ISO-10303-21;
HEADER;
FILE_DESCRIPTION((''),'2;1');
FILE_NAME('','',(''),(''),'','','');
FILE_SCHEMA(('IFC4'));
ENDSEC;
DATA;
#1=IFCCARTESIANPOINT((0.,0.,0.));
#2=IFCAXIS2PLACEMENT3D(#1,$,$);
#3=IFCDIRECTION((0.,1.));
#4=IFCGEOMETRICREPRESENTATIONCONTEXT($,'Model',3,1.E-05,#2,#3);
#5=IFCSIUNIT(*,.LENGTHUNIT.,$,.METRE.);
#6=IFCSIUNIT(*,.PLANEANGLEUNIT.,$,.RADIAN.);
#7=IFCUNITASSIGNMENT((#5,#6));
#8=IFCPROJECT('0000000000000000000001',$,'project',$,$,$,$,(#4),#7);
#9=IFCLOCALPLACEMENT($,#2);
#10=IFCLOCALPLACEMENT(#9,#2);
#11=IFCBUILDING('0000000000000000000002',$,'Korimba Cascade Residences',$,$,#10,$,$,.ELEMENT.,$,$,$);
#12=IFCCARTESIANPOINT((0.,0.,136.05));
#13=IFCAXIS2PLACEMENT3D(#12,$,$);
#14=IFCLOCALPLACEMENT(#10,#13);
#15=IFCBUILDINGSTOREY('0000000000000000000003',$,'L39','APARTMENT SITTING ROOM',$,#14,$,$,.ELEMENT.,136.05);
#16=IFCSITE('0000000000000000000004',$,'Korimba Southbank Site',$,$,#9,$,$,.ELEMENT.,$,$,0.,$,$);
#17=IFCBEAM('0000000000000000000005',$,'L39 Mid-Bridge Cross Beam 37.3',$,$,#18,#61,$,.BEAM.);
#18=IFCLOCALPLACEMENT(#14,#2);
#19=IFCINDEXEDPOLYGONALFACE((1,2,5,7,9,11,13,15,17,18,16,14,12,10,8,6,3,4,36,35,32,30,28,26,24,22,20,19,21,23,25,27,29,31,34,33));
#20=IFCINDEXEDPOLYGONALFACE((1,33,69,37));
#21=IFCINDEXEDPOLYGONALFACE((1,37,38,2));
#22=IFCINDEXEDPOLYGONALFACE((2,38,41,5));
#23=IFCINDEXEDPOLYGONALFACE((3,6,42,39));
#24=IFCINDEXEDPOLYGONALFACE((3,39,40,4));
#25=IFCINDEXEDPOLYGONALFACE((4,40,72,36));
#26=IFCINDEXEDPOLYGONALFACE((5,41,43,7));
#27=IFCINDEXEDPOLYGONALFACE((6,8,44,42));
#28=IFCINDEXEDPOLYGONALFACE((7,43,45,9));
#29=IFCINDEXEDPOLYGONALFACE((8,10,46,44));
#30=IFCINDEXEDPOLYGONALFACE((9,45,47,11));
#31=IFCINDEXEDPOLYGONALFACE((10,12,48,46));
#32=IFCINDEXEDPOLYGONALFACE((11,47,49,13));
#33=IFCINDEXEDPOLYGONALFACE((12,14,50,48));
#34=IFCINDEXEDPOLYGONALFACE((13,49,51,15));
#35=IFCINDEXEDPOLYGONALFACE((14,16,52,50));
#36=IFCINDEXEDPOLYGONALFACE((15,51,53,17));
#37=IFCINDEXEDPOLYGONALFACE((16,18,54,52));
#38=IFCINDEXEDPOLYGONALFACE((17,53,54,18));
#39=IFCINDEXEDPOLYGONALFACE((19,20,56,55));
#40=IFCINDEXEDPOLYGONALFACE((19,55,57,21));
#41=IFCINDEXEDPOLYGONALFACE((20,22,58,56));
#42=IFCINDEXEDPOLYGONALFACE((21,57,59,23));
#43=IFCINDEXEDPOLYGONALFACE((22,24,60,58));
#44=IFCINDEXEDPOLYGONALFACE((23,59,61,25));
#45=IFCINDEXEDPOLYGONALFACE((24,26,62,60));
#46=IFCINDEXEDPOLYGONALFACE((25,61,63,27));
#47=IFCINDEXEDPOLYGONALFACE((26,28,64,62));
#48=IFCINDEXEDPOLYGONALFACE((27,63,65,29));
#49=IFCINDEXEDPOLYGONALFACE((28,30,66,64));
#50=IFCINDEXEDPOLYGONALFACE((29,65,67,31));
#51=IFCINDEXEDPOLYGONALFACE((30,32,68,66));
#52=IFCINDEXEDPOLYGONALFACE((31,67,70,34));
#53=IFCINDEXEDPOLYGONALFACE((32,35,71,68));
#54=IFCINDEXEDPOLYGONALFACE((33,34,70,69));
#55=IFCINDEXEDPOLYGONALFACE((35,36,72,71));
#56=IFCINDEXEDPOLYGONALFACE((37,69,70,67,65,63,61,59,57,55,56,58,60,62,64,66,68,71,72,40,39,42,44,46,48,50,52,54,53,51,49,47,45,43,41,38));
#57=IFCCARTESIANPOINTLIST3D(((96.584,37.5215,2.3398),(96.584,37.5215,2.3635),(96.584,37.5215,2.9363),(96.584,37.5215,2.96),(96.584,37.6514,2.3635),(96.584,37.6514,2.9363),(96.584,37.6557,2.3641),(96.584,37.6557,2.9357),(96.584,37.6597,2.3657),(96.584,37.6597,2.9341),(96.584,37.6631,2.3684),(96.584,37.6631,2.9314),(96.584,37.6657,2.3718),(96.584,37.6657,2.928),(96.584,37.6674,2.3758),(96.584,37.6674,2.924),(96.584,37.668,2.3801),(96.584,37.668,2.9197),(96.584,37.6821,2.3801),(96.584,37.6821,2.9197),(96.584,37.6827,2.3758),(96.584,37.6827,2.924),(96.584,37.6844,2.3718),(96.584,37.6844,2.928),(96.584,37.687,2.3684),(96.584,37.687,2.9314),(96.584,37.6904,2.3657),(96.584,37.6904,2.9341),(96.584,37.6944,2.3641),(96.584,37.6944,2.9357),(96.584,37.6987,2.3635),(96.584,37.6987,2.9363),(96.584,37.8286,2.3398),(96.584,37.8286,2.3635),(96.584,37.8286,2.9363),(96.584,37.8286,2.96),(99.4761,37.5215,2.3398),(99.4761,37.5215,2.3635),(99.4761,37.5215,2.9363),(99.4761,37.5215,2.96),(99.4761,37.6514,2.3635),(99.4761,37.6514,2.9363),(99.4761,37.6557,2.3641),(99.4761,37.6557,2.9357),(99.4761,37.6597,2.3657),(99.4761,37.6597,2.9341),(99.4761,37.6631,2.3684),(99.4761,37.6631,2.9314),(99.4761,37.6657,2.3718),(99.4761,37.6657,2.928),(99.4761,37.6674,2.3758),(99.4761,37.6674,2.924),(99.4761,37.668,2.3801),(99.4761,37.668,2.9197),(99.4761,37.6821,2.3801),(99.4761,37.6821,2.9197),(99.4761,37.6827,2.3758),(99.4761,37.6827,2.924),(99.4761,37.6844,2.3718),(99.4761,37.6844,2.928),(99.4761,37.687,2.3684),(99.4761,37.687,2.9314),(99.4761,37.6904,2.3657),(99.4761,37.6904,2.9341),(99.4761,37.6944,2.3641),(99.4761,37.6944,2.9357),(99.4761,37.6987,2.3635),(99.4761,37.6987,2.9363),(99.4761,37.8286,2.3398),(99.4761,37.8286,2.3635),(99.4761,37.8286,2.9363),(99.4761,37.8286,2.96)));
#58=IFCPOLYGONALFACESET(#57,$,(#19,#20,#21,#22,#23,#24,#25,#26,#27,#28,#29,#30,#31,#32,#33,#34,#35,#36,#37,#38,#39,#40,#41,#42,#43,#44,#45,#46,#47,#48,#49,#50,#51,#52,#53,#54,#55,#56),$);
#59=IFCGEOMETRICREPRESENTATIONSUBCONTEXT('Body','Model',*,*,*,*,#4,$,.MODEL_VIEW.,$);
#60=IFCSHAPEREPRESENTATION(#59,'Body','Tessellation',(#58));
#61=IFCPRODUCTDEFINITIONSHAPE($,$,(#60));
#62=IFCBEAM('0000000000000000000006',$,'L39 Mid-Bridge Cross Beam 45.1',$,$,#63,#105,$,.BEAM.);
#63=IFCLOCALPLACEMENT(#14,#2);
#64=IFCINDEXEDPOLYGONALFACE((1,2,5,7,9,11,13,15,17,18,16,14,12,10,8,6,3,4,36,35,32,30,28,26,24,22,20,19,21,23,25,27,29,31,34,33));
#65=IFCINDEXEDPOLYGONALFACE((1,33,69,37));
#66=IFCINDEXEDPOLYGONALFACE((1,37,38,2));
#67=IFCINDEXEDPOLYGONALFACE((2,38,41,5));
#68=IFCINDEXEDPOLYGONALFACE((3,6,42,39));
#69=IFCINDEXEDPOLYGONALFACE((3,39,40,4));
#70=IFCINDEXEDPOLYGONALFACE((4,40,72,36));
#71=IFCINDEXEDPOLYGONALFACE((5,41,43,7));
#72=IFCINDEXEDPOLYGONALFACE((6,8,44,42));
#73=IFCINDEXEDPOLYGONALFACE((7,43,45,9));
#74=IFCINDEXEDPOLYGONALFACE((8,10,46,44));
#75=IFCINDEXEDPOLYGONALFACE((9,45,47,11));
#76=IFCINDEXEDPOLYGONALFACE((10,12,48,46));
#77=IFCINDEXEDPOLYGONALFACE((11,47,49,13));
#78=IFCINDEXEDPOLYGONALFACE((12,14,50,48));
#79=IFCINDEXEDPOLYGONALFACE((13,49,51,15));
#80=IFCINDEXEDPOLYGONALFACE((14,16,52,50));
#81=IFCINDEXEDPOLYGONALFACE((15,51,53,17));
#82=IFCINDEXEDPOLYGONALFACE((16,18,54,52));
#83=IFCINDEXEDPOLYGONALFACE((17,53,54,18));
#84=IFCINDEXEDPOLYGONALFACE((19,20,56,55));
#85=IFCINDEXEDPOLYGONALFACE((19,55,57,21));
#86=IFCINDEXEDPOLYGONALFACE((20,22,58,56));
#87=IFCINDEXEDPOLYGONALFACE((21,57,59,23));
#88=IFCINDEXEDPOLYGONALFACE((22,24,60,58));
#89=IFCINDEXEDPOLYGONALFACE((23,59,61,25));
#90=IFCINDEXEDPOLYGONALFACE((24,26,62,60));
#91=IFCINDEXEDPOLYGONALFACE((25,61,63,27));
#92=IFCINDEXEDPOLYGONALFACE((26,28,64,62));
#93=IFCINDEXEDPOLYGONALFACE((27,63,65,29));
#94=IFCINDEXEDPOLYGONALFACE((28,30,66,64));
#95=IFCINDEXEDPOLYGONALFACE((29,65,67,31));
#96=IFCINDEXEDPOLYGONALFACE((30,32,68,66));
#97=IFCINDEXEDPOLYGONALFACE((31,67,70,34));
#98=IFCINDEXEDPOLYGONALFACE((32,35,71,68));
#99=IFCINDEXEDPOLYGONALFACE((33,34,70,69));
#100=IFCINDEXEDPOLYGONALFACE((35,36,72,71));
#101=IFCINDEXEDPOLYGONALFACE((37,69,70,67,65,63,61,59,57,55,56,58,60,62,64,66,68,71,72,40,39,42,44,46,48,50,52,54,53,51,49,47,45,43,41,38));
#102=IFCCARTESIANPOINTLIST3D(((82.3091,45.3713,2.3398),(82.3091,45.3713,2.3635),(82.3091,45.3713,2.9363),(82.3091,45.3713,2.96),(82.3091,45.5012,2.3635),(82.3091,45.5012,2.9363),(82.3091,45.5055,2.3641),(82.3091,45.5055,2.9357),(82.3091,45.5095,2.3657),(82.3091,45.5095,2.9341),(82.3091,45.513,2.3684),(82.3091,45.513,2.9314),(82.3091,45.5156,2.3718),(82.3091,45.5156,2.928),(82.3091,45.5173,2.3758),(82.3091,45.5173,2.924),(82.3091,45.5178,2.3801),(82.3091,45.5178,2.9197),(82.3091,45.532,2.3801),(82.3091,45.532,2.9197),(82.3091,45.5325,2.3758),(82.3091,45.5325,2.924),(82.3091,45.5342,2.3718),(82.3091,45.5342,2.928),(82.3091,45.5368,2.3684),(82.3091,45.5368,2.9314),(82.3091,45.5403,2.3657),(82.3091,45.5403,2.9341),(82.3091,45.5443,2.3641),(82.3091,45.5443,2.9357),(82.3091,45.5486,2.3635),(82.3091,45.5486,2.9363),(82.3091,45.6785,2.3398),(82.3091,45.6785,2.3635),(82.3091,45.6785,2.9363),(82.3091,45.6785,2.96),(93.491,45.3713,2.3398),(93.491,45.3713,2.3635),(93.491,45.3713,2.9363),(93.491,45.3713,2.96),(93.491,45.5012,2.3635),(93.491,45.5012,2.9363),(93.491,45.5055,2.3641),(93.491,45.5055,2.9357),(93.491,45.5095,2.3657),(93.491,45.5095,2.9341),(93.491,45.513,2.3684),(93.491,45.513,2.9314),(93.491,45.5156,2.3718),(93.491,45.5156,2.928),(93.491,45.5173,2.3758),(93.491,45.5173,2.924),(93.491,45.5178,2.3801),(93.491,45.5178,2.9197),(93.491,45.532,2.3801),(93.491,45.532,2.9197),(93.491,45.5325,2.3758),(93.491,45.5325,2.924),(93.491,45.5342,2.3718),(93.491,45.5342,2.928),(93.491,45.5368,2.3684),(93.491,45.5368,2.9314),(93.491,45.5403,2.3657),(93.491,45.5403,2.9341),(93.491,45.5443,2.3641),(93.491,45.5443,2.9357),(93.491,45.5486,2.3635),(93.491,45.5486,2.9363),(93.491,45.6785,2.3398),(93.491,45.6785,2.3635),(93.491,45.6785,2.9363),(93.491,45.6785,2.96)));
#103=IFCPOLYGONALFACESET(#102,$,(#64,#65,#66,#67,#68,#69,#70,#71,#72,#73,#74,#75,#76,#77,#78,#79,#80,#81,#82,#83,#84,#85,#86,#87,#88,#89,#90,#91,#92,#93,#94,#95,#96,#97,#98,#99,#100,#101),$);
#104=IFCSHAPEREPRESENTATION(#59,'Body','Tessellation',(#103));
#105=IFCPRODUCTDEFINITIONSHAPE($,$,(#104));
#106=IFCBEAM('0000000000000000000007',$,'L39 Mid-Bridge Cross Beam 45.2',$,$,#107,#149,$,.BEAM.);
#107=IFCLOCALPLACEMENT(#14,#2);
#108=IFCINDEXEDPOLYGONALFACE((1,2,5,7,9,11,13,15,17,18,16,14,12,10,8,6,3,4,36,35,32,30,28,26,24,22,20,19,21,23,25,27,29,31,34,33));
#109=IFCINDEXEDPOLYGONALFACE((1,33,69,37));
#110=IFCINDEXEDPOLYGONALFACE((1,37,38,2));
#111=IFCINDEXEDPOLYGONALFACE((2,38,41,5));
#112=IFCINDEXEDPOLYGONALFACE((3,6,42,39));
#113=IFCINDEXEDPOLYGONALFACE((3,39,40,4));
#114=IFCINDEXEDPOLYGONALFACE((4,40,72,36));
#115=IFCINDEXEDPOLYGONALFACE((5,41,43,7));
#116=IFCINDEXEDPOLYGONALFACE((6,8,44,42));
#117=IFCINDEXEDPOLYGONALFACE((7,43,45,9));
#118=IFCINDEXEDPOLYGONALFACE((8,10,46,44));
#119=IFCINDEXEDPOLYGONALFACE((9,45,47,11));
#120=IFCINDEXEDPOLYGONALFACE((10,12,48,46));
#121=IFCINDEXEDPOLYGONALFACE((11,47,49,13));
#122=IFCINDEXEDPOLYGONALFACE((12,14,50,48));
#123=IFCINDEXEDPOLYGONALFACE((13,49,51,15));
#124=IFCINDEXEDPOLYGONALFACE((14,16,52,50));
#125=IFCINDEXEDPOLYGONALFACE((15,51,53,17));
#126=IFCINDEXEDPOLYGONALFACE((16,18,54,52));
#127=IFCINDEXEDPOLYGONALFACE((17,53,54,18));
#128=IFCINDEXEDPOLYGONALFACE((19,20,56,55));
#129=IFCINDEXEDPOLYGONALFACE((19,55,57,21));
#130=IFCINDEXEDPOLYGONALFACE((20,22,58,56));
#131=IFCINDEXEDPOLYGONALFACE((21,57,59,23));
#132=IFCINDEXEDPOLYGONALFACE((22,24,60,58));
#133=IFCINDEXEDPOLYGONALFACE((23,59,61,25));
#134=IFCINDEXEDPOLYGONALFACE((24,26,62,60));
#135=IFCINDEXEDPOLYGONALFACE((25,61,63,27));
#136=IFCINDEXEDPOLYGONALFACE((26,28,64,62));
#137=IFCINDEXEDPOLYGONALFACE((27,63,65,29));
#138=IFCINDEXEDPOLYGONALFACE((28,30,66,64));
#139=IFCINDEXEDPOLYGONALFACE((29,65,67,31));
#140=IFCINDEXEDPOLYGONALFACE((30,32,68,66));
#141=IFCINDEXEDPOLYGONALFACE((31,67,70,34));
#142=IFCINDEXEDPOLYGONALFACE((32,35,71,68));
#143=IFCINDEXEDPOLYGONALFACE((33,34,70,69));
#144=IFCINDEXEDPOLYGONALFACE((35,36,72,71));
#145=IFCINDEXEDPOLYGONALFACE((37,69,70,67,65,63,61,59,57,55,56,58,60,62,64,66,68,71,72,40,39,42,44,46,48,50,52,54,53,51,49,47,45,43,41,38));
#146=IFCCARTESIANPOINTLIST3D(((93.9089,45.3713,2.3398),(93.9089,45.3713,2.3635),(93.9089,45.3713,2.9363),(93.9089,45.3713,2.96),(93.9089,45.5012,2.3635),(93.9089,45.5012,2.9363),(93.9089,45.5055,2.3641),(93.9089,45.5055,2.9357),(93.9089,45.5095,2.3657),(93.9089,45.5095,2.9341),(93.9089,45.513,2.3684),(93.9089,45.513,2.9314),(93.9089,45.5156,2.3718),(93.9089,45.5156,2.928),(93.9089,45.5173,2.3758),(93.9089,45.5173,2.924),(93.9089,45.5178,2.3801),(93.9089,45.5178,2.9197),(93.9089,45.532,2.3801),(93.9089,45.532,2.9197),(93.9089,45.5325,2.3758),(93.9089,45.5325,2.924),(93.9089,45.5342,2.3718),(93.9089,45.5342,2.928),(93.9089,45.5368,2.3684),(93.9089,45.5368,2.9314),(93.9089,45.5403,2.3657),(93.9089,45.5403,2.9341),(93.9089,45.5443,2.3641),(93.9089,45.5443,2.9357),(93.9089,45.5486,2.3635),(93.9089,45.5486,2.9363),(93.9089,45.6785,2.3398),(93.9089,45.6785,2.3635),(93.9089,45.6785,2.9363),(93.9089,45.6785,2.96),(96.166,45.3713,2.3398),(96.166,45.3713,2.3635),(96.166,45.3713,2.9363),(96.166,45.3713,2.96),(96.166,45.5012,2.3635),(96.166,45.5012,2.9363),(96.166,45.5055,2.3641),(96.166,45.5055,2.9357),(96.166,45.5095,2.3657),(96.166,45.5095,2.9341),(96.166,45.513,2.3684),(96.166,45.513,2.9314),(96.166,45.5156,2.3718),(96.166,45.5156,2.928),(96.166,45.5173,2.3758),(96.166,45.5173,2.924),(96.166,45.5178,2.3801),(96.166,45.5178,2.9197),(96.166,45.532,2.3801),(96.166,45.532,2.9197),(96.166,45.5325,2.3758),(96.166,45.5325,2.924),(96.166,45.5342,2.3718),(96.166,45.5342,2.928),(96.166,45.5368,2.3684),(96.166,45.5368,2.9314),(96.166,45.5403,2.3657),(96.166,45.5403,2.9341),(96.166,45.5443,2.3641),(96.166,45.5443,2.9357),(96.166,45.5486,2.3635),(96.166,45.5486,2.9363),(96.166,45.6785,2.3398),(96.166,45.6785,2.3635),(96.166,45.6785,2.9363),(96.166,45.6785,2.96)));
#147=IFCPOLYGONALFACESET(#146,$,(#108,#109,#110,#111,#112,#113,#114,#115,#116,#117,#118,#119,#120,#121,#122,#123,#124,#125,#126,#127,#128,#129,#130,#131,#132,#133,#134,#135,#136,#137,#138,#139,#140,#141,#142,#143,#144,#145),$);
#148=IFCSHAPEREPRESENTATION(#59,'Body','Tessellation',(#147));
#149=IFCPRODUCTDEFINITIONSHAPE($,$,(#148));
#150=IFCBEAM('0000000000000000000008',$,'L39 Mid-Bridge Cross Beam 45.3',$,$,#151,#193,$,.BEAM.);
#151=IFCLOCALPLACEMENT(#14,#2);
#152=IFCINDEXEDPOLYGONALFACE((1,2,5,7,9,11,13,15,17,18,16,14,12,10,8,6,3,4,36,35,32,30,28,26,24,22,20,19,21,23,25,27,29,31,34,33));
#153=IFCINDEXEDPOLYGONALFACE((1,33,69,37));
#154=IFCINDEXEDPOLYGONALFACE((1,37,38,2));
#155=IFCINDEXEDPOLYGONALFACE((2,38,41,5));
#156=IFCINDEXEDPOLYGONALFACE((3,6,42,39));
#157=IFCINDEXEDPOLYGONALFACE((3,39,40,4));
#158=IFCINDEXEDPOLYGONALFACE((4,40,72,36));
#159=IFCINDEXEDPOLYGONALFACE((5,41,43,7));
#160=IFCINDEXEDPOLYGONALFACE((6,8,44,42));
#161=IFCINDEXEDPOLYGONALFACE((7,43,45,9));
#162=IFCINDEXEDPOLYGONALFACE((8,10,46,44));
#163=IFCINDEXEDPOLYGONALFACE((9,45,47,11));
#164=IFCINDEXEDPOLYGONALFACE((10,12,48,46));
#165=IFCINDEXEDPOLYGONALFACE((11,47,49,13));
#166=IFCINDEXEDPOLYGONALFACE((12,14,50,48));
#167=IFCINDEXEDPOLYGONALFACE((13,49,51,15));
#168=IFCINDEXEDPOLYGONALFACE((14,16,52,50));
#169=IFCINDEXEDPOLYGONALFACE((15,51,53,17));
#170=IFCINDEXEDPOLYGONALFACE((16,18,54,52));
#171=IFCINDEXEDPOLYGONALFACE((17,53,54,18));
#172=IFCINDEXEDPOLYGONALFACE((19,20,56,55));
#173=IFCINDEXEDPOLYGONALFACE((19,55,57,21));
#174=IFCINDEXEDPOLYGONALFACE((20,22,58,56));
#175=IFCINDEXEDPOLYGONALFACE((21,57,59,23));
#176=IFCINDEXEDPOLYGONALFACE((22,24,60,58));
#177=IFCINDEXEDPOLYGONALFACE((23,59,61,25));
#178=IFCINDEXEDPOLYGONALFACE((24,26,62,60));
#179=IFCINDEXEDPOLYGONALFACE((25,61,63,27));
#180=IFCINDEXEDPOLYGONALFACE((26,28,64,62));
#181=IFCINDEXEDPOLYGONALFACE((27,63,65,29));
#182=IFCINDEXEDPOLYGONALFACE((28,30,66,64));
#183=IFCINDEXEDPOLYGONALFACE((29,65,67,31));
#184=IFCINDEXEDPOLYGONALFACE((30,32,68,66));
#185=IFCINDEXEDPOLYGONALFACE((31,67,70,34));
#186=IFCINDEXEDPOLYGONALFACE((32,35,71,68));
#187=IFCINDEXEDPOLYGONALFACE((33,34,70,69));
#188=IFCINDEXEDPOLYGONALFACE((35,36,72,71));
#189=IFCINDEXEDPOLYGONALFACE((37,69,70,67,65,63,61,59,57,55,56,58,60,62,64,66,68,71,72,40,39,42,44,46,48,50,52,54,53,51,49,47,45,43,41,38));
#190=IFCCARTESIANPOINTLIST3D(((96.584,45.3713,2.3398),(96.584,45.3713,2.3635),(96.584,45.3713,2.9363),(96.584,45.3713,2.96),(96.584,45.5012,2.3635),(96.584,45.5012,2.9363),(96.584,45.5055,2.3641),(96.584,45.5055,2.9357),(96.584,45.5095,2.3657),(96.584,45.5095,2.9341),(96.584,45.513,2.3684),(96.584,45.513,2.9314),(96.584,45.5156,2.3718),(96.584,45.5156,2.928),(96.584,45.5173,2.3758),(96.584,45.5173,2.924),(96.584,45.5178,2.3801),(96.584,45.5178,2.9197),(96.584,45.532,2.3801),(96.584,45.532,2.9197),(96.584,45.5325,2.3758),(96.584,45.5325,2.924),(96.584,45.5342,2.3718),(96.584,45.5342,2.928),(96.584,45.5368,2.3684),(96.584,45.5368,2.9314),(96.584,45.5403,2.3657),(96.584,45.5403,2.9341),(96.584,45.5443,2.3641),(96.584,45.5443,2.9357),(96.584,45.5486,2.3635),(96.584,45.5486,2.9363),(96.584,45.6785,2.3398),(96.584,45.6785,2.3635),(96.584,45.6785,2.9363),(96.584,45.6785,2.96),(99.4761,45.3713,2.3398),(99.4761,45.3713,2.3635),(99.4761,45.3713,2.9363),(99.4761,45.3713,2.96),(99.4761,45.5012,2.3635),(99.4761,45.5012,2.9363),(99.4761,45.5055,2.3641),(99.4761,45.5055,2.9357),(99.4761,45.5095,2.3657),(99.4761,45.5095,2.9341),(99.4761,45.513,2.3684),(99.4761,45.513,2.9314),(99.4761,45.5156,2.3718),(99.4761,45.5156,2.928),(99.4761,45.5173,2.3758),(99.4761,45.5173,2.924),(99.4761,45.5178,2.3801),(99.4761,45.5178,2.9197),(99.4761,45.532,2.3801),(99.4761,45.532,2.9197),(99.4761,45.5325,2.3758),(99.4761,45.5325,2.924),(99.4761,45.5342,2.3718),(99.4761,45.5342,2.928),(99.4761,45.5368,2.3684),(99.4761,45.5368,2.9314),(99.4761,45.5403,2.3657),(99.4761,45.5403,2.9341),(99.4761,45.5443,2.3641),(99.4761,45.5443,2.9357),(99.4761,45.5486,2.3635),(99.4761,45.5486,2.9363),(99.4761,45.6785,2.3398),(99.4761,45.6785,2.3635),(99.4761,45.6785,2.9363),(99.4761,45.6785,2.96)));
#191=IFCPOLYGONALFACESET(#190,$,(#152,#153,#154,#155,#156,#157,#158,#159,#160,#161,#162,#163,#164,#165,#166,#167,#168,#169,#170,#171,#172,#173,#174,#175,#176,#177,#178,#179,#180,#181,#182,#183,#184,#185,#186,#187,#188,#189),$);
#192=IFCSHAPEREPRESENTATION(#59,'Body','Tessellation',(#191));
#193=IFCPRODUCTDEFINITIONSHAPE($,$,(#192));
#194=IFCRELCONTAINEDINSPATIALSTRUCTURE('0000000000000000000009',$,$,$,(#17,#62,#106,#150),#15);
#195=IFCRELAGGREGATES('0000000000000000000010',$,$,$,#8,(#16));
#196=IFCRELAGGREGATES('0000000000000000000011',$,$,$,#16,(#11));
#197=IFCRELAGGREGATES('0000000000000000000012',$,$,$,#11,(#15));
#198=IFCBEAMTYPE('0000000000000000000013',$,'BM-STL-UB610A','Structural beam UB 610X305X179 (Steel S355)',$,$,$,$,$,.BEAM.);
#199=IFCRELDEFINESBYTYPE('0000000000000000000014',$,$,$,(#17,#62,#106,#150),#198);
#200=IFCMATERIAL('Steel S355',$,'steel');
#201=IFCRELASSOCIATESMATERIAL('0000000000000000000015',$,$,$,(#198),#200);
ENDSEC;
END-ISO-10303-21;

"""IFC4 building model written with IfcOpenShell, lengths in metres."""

from ifc_helpers import new_model, si_unit, direction, frame, origin, origin_2d, place, context, subcontext, project, spatial, i_section, extrude, material, material_profile, profile_set, type_object, element, save


model = new_model("IFC4")

# Units and contexts
model_context = context("Model", 3, precision=1e-05, world=origin(), true_north=direction((0.0, 1.0)))
body_context = subcontext(model_context, "Body", "Model", "MODEL_VIEW")
ifc_project = project(units=[si_unit("LENGTHUNIT", "METRE"), si_unit("PLANEANGLEUNIT", "RADIAN")], contexts=[model_context])

# Site, building, storey
site_placement = place(None, origin())
site = spatial("IfcSite", under=ifc_project, at=site_placement, Name="Korimba Southbank Site", CompositionType="ELEMENT", RefElevation=0.0)
building_placement = place(site_placement, origin())
building = spatial("IfcBuilding", under=site, at=building_placement, Name="Korimba Cascade Residences", CompositionType="ELEMENT")
storey_placement = place(building_placement, frame((0.0, 0.0, 136.05)))
storey = spatial("IfcBuildingStorey", under=building, at=storey_placement, Name="L39", Description="APARTMENT SITTING ROOM", CompositionType="ELEMENT", Elevation=136.05)

# Beams
ifc_material_1 = material(Name="Steel S355", Category="steel")
ifc_material_profile_1 = material_profile(ifc_material_1, i_section(OverallWidth=0.3071, OverallDepth=0.6201, WebThickness=0.0142, FlangeThickness=0.0237, FilletRadius=0.0166, at=origin_2d()), Name="Steel S355")
ifc_profile_set_1 = profile_set([ifc_material_profile_1], Name="Steel S355")
beam_type_1 = type_object("IfcBeamType", Name="BM-STL-UB610A", Description="Structural beam UB 610X305X179 (Steel S355)", PredefinedType="BEAM", material=ifc_profile_set_1)
beam_1_placement = place(storey_placement, frame((96.584, 37.675, 2.6499), z_axis=(1.0, 0.0, 0.0), x_axis=(0.0, 1.0, 0.0)))
element("IfcBeam", 1, at=beam_1_placement, inside=storey, type_object=beam_type_1, Name="L39 Mid-Bridge Cross Beam 37.3", PredefinedType="BEAM", context=body_context, shape_type="SweptSolid", body=[
    extrude(i_section(OverallWidth=0.3071, OverallDepth=0.6201, WebThickness=0.0142, FlangeThickness=0.0237, FilletRadius=0.0166, at=origin_2d()), origin(), (0.0, 0.0, 1.0), 2.8921),
])
beam_2_placement = place(storey_placement, frame((82.3091, 45.5249, 2.6499), z_axis=(1.0, 0.0, 0.0), x_axis=(0.0, 1.0, 0.0)))
element("IfcBeam", 2, at=beam_2_placement, inside=storey, type_object=beam_type_1, Name="L39 Mid-Bridge Cross Beam 45.1", PredefinedType="BEAM", context=body_context, shape_type="SweptSolid", body=[
    extrude(i_section(OverallWidth=0.3071, OverallDepth=0.6201, WebThickness=0.0142, FlangeThickness=0.0237, FilletRadius=0.0166, at=origin_2d()), origin(), (0.0, 0.0, 1.0), 11.1819),
])
beam_3_placement = place(storey_placement, frame((93.9089, 45.5249, 2.6499), z_axis=(1.0, 0.0, 0.0), x_axis=(0.0, 1.0, 0.0)))
element("IfcBeam", 3, at=beam_3_placement, inside=storey, type_object=beam_type_1, Name="L39 Mid-Bridge Cross Beam 45.2", PredefinedType="BEAM", context=body_context, shape_type="SweptSolid", body=[
    extrude(i_section(OverallWidth=0.3071, OverallDepth=0.6201, WebThickness=0.0142, FlangeThickness=0.0237, FilletRadius=0.0166, at=origin_2d()), origin(), (0.0, 0.0, 1.0), 2.2571),
])
beam_4_placement = place(storey_placement, frame((96.584, 45.5249, 2.6499), z_axis=(1.0, 0.0, 0.0), x_axis=(0.0, 1.0, 0.0)))
element("IfcBeam", 4, at=beam_4_placement, inside=storey, type_object=beam_type_1, Name="L39 Mid-Bridge Cross Beam 45.3", PredefinedType="BEAM", context=body_context, shape_type="SweptSolid", body=[
    extrude(i_section(OverallWidth=0.3071, OverallDepth=0.6201, WebThickness=0.0142, FlangeThickness=0.0237, FilletRadius=0.0166, at=origin_2d()), origin(), (0.0, 0.0, 1.0), 2.8921),
])

save(model, "model.ifc")
